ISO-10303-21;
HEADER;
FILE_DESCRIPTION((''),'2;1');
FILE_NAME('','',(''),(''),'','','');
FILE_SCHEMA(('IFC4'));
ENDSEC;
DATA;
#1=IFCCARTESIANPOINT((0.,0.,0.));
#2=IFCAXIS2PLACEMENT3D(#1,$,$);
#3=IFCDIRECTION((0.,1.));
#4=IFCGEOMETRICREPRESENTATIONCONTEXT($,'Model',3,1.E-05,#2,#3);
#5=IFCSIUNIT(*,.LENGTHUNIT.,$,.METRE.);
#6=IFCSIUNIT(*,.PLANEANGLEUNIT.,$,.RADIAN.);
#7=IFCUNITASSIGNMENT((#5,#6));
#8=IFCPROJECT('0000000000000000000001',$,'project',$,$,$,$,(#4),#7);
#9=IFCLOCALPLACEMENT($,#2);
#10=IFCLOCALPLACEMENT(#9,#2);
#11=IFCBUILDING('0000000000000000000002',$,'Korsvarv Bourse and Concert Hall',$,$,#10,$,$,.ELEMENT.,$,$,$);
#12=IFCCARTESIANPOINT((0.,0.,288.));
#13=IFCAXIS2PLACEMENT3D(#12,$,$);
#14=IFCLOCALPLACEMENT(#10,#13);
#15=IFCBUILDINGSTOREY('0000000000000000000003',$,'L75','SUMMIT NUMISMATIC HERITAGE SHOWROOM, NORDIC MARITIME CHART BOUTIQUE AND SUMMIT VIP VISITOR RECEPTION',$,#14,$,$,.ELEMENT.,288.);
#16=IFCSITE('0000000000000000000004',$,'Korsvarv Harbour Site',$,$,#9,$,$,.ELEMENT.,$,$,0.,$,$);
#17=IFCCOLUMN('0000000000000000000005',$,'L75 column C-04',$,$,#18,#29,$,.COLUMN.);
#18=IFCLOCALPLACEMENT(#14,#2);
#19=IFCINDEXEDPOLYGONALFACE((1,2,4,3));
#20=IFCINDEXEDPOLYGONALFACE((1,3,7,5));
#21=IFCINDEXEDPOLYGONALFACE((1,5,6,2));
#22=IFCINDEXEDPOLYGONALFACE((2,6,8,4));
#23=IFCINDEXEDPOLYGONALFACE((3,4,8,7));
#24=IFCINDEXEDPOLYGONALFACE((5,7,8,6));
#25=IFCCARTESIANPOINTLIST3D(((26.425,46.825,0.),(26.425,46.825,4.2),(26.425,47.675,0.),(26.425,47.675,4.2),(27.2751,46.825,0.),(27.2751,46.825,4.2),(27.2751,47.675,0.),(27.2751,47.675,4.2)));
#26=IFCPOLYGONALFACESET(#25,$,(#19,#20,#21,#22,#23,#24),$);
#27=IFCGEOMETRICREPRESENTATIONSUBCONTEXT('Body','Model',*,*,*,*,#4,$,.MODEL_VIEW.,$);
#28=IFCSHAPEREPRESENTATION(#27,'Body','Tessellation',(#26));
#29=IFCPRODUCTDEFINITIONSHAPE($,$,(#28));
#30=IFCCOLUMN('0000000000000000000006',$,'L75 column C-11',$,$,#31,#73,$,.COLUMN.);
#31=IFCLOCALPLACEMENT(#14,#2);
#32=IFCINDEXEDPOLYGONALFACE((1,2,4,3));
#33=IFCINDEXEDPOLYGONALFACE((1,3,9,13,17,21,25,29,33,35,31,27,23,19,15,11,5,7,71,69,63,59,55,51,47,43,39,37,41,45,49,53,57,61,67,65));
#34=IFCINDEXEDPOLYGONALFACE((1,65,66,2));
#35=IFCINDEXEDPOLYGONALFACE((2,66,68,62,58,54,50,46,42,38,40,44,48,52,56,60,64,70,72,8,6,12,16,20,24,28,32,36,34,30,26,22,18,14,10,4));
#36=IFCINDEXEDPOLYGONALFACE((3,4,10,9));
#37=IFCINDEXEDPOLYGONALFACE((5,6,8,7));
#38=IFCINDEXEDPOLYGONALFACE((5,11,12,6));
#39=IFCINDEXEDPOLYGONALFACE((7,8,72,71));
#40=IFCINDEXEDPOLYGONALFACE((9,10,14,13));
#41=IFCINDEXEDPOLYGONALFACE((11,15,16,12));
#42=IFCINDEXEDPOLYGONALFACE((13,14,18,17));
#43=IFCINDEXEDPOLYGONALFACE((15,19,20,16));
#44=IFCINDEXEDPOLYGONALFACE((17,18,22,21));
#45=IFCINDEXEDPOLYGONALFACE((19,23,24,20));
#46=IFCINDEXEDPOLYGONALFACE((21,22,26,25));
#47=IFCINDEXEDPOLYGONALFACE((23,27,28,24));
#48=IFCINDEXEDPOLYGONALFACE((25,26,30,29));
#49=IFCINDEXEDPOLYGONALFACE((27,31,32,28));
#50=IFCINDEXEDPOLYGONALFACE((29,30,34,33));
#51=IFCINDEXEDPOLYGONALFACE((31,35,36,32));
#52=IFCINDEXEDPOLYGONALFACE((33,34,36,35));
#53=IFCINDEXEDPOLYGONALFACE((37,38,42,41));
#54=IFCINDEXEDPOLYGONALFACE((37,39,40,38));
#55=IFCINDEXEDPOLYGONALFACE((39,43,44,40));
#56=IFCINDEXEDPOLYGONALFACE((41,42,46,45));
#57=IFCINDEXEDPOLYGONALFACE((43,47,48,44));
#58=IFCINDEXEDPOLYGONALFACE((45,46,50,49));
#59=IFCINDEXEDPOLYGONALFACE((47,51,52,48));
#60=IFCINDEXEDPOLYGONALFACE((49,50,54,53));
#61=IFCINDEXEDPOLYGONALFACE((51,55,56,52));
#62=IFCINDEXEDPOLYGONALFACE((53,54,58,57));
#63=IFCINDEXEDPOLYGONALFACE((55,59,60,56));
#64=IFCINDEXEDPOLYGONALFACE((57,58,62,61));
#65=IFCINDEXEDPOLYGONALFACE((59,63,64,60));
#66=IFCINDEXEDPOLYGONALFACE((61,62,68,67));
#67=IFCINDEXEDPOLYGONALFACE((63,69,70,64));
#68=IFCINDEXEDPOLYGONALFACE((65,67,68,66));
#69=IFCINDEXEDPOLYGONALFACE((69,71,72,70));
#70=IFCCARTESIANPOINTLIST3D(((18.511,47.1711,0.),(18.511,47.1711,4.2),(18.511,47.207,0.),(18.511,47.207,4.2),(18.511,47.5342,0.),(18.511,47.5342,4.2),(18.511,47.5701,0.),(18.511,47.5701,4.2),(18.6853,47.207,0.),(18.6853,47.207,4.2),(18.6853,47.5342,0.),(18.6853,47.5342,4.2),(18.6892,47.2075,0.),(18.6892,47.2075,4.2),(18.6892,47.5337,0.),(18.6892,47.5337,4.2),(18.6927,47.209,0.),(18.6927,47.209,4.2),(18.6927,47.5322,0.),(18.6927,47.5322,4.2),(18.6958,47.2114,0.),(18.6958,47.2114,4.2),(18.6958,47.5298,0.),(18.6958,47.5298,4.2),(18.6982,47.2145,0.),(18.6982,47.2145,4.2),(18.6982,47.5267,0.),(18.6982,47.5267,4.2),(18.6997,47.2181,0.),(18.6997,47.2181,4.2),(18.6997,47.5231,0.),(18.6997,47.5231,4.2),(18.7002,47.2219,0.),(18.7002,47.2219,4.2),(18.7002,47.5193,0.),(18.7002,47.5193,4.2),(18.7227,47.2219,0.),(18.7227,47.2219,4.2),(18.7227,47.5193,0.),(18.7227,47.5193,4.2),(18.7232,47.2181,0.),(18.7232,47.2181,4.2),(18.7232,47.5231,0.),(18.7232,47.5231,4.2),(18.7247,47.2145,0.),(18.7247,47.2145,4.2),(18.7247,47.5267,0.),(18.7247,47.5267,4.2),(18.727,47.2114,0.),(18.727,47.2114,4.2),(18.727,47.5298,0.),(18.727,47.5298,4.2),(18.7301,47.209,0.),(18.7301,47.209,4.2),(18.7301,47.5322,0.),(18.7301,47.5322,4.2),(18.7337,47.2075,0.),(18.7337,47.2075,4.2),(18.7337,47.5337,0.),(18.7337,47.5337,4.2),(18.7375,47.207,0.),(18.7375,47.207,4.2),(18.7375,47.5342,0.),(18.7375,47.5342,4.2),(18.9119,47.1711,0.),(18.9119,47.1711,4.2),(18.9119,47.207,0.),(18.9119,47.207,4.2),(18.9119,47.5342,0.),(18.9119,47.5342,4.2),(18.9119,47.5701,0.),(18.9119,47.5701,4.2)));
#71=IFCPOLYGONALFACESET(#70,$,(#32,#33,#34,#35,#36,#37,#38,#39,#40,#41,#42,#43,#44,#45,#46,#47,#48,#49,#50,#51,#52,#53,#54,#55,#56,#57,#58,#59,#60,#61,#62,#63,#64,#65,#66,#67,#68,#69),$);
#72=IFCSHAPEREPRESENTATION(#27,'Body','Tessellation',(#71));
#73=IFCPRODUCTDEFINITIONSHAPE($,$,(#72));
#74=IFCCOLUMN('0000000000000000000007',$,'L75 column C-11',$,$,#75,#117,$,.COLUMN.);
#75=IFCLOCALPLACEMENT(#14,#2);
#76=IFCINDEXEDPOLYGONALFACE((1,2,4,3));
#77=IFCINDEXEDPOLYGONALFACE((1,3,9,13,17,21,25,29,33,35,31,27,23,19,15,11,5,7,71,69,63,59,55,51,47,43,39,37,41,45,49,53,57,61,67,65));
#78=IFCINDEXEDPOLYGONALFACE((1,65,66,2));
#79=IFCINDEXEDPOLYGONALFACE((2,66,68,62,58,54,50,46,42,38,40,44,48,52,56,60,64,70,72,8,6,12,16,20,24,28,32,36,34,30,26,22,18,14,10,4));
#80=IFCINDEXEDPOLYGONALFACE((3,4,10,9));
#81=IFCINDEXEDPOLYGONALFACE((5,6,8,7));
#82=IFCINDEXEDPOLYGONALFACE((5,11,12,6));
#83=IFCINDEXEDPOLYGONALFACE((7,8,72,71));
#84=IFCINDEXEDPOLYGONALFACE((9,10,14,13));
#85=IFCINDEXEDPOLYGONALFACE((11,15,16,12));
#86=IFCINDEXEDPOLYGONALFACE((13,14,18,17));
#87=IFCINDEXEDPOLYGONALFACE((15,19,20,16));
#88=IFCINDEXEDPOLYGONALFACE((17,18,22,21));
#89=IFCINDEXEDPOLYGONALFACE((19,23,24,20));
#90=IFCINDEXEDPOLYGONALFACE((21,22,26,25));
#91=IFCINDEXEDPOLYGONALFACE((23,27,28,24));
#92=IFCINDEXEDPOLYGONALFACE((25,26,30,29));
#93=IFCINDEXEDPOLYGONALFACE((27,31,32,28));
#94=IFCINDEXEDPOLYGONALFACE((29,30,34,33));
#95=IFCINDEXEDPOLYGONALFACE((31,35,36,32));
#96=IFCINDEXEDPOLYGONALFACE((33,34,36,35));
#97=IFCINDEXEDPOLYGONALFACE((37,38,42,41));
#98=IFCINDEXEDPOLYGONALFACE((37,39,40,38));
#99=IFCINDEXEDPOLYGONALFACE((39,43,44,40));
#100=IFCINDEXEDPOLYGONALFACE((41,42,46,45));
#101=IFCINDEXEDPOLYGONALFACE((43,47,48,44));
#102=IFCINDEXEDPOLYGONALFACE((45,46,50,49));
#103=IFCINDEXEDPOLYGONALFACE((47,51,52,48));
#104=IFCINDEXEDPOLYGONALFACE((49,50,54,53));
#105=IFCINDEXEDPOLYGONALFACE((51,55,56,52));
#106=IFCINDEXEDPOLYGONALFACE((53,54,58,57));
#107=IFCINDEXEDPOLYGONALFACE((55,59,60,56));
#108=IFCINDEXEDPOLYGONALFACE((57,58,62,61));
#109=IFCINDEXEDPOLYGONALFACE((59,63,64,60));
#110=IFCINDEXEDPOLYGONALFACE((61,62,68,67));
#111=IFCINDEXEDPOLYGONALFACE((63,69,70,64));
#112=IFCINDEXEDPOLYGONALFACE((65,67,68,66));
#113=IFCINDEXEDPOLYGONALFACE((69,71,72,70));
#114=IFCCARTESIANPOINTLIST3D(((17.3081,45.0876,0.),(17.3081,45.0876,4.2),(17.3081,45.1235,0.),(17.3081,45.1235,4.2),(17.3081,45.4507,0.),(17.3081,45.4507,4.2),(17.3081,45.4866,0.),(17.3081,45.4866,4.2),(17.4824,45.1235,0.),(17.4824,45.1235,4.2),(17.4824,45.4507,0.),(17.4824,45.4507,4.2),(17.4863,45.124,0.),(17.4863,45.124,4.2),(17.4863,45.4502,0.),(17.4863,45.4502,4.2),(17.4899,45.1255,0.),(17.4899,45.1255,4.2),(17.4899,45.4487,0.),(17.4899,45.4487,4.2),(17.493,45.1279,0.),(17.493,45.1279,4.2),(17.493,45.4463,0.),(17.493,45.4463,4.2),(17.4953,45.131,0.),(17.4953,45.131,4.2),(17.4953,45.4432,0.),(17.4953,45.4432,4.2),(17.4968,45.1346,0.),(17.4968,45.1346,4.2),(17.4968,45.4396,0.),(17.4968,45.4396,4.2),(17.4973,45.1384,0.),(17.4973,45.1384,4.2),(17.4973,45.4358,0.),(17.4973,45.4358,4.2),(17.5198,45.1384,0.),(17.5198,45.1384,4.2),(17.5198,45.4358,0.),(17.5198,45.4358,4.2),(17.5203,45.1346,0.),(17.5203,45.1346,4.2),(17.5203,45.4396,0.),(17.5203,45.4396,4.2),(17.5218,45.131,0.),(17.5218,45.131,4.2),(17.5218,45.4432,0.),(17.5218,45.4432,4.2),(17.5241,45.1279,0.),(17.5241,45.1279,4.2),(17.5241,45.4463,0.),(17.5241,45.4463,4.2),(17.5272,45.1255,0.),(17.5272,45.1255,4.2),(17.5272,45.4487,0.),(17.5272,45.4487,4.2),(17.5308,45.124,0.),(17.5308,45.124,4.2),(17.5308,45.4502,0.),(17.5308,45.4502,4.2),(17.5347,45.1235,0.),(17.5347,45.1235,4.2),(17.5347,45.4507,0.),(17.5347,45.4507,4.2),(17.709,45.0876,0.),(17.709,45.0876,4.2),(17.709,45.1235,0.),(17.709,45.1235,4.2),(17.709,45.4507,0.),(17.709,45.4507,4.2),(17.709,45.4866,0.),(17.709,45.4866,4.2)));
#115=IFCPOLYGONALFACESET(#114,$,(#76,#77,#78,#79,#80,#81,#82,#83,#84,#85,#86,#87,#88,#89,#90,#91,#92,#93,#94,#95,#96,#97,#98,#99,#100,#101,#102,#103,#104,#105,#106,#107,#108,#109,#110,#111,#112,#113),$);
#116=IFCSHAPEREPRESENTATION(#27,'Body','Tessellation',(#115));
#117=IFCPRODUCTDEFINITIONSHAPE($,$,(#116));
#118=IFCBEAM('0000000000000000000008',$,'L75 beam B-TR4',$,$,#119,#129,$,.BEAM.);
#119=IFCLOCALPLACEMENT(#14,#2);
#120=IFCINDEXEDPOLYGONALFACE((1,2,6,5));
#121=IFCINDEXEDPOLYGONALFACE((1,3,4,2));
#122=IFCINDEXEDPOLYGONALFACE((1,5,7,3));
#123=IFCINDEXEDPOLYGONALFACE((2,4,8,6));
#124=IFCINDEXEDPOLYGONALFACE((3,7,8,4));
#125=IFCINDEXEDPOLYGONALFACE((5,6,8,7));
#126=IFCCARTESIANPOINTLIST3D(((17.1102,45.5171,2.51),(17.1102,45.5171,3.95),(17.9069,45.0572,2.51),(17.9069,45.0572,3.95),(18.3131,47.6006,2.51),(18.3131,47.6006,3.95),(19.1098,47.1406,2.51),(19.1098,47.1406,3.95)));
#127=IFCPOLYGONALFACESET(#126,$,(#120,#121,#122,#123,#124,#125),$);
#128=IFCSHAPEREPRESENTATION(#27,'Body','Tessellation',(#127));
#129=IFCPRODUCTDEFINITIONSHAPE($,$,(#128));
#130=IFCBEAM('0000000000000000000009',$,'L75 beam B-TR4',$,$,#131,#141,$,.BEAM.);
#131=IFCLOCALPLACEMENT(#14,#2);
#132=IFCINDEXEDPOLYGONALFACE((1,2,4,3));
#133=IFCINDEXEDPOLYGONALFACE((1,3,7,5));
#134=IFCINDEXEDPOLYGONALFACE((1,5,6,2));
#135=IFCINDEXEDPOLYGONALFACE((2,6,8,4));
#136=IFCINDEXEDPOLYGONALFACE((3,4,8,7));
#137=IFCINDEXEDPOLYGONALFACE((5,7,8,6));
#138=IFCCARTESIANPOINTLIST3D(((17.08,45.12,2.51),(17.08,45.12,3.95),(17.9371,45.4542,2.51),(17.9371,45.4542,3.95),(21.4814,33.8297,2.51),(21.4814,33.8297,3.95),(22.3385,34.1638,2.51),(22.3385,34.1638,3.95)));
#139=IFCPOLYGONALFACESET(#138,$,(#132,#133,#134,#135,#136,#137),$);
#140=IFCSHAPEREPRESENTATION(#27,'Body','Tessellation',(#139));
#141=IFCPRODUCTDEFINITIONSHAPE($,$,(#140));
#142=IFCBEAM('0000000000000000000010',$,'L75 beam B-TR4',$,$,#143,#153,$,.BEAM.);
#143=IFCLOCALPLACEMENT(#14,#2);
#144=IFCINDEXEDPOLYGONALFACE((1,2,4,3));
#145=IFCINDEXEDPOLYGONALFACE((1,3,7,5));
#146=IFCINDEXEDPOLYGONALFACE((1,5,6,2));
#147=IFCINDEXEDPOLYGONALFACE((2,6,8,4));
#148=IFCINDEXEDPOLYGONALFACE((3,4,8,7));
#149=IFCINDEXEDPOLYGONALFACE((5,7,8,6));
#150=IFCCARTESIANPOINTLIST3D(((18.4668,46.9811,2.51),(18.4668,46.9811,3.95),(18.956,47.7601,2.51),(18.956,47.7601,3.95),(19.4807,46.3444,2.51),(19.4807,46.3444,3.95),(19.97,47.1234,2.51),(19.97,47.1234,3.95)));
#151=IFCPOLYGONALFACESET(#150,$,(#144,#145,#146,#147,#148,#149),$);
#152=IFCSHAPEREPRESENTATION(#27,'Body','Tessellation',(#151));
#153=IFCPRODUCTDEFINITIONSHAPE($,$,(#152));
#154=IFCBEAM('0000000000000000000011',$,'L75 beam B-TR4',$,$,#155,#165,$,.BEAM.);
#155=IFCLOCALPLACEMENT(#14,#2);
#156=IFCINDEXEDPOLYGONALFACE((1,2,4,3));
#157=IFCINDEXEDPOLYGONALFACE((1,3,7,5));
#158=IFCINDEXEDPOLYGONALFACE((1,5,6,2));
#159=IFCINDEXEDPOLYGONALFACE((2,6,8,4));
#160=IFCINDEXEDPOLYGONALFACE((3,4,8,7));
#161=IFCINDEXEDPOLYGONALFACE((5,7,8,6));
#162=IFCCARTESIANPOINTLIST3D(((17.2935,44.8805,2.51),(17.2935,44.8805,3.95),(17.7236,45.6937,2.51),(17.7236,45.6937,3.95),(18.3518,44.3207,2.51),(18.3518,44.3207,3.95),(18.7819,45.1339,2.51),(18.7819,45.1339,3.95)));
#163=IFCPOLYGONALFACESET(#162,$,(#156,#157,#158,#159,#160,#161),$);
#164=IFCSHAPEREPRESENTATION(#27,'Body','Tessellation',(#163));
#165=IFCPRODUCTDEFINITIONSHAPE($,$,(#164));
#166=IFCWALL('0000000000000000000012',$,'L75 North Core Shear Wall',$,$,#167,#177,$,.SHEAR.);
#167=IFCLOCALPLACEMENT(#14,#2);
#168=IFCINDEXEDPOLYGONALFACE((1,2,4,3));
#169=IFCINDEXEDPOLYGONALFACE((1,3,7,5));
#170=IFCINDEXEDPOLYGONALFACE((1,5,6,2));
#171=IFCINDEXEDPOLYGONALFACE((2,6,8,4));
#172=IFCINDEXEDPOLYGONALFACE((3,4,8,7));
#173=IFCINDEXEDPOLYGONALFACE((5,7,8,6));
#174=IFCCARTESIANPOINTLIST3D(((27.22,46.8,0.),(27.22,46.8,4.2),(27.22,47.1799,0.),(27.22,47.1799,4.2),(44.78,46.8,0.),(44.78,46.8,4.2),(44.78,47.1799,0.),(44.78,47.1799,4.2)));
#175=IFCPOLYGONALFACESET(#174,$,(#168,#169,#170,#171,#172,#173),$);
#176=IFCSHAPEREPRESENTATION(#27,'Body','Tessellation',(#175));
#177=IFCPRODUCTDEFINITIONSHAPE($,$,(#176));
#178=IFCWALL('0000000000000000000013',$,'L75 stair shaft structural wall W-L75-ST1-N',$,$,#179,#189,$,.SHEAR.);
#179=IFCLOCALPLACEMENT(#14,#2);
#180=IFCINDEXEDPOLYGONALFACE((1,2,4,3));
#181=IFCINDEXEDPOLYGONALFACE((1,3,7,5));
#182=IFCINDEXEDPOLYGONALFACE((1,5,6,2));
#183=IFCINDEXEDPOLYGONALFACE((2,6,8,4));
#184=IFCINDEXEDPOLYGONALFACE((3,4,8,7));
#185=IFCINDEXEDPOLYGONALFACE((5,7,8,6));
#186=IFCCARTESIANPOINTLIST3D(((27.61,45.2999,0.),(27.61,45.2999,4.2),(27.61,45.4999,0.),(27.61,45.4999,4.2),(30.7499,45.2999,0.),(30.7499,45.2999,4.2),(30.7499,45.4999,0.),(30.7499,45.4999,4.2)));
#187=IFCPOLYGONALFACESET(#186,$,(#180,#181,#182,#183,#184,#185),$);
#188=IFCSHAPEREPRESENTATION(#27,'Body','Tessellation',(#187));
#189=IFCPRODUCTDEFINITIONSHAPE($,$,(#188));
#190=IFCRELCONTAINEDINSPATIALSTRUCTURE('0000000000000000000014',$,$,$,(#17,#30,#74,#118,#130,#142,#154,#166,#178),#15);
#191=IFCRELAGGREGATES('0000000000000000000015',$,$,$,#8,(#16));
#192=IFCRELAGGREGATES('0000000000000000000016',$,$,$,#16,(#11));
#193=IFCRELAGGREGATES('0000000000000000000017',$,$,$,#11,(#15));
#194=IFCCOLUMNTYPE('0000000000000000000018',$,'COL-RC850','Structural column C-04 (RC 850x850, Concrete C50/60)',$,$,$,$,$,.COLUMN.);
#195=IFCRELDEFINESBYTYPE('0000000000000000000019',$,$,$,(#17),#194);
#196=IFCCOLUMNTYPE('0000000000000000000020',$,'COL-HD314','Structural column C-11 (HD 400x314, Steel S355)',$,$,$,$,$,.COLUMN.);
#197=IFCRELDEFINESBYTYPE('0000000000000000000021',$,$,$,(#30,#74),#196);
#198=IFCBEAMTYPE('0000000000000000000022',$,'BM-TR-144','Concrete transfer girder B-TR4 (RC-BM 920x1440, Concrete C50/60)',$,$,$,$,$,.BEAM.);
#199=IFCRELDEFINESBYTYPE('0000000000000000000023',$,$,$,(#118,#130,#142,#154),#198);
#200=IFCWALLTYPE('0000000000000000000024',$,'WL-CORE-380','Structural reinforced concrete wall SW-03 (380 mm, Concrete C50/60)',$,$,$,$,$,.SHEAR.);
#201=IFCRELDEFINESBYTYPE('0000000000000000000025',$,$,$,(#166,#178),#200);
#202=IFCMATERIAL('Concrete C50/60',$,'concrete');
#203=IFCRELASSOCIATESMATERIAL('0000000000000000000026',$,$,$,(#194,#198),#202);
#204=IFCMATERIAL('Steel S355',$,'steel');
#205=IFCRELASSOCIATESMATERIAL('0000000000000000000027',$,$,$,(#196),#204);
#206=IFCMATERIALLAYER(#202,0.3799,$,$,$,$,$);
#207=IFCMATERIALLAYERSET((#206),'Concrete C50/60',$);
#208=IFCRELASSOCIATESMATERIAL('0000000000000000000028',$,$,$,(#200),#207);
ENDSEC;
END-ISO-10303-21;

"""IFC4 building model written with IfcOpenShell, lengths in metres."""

from ifc_helpers import new_model, si_unit, direction, frame, frame_2d, origin, origin_2d, place, context, subcontext, project, spatial, rectangle, i_section, extrude, source, transform, mapped, material, layer, layer_set, material_profile, profile_set, type_object, element, save


model = new_model("IFC4")

# Units and contexts
model_context = context("Model", 3, precision=1e-05, world=origin(), true_north=direction((0.0, 1.0)))
body_context = subcontext(model_context, "Body", "Model", "MODEL_VIEW")
ifc_project = project(units=[si_unit("LENGTHUNIT", "METRE"), si_unit("PLANEANGLEUNIT", "RADIAN")], contexts=[model_context])

# Site, building, storey
site_placement = place(None, origin())
site = spatial("IfcSite", under=ifc_project, at=site_placement, Name="Korsvarv Harbour Site", CompositionType="ELEMENT", RefElevation=0.0)
building_placement = place(site_placement, origin())
building = spatial("IfcBuilding", under=site, at=building_placement, Name="Korsvarv Bourse and Concert Hall", CompositionType="ELEMENT")
storey_placement = place(building_placement, frame((0.0, 0.0, 288.0)))
storey = spatial("IfcBuildingStorey", under=building, at=storey_placement, Name="L75", Description="SUMMIT NUMISMATIC HERITAGE SHOWROOM, NORDIC MARITIME CHART BOUTIQUE AND SUMMIT VIP VISITOR RECEPTION", CompositionType="ELEMENT", Elevation=288.0)

# Columns
ifc_material_1 = material(Name="Concrete C50/60", Category="concrete")
ifc_material_profile_1 = material_profile(ifc_material_1, rectangle(XDim=0.8501, YDim=0.8501, at=origin_2d()), Name="RC 850x850")
ifc_profile_set_1 = profile_set([ifc_material_profile_1], Name="Concrete C50/60")
column_type_1 = type_object("IfcColumnType", Name="COL-RC850", Description="Structural column C-04 (RC 850x850, Concrete C50/60)", PredefinedType="COLUMN", material=ifc_profile_set_1)
shared_shape_1 = source(origin(), body_context, "Body", "SweptSolid", [
    extrude(rectangle(XDim=0.8501, YDim=0.8501, at=origin_2d()), origin(), (0.0, 0.0, 1.0), 4.2),
])
column_placement = place(storey_placement, frame((26.8501, 47.25, 0.0), z_axis=(0.0, 0.0, 1.0), x_axis=(1.0, 0.0, 0.0)))
element("IfcColumn", 1, at=column_placement, inside=storey, type_object=column_type_1, Name="L75 column C-04", PredefinedType="COLUMN", context=body_context, shape_type="MappedRepresentation", body=[
    mapped(shared_shape_1, transform((0.0, 0.0, 0.0), scale=1.0)),
])
ifc_material_2 = material(Name="Steel S355", Category="steel")
ifc_material_profile_2 = material_profile(ifc_material_2, i_section(OverallWidth=0.4009, OverallDepth=0.3989, WebThickness=0.0225, FlangeThickness=0.0359, FilletRadius=0.0149, at=origin_2d()), Name="HD 400x314")
ifc_profile_set_2 = profile_set([ifc_material_profile_2], Name="Steel S355")
column_type_2 = type_object("IfcColumnType", Name="COL-HD314", Description="Structural column C-11 (HD 400x314, Steel S355)", PredefinedType="COLUMN", material=ifc_profile_set_2)
shared_shape_2 = source(origin(), body_context, "Body", "SweptSolid", [
    extrude(i_section(OverallWidth=0.4009, OverallDepth=0.3989, WebThickness=0.0225, FlangeThickness=0.0359, FilletRadius=0.0149, at=origin_2d()), origin(), (0.0, 0.0, 1.0), 4.2),
])
for number, where, z_axis, x_axis, name in (
    (2, (18.7114, 47.3706, 0.0), (0.0, 0.0, 1.0), (1.0, 0.0, 0.0), "L75 column C-11"),
    (3, (17.5085, 45.2871, 0.0), (0.0, 0.0, 1.0), (1.0, 0.0, 0.0), "L75 column C-11"),
):
    element("IfcColumn", number, at=place(storey_placement, frame(where, z_axis=z_axis, x_axis=x_axis)), inside=storey, type_object=column_type_2, Name=name, PredefinedType="COLUMN", context=body_context, shape_type="MappedRepresentation", body=[
        mapped(shared_shape_2, transform((0.0, 0.0, 0.0), scale=1.0)),
    ])

# Beams
ifc_material_profile_3 = material_profile(ifc_material_1, rectangle(XDim=0.9199, YDim=1.4399, at=origin_2d()), Name="RC-BM 920x1440")
ifc_profile_set_3 = profile_set([ifc_material_profile_3], Name="Concrete C50/60")
beam_type = type_object("IfcBeamType", Name="BM-TR-144", Description="Concrete transfer girder B-TR4 (RC-BM 920x1440, Concrete C50/60)", PredefinedType="BEAM", material=ifc_profile_set_3)
shared_shape_3 = source(origin(), body_context, "Body", "SweptSolid", [
    extrude(rectangle(XDim=0.9199, YDim=1.4399, at=origin_2d()), origin(), (0.0, 0.0, 1.0), 2.4058),
])
beam_1_placement = place(storey_placement, frame((18.7114, 47.3706, 3.23), z_axis=(-0.499992, -0.86603, 0.0), x_axis=(0.86603, -0.499992, 0.0)))
element("IfcBeam", 4, at=beam_1_placement, inside=storey, type_object=beam_type, Name="L75 beam B-TR4", PredefinedType="BEAM", context=body_context, shape_type="MappedRepresentation", body=[
    mapped(shared_shape_3, transform((0.0, 0.0, 0.0), scale=1.0)),
])
shared_shape_4 = source(origin(), body_context, "Body", "SweptSolid", [
    extrude(rectangle(XDim=0.9199, YDim=1.4399, at=origin_2d()), origin(), (0.0, 0.0, 1.0), 12.1179),
])
beam_2_placement = place(storey_placement, frame((17.5085, 45.2871, 3.23), z_axis=(0.363213, -0.931706, 0.0), x_axis=(0.931706, 0.363213, 0.0)))
element("IfcBeam", 5, at=beam_2_placement, inside=storey, type_object=beam_type, Name="L75 beam B-TR4", PredefinedType="BEAM", context=body_context, shape_type="MappedRepresentation", body=[
    mapped(shared_shape_4, transform((0.0, 0.0, 0.0), scale=1.0)),
])
shared_shape_5 = source(origin(), body_context, "Body", "SweptSolid", [
    extrude(rectangle(XDim=0.9199, YDim=1.4399, at=origin_2d()), origin(), (0.0, 0.0, 1.0), 1.1973),
])
for number, where, z_axis, x_axis, name in (
    (6, (18.7114, 47.3706, 3.23), (0.846862, -0.531812, 0.0), (0.531812, 0.846862, 0.0), "L75 beam B-TR4"),
    (7, (17.5085, 45.2871, 3.23), (0.883956, -0.467569, 0.0), (0.467569, 0.883956, 0.0), "L75 beam B-TR4"),
):
    element("IfcBeam", number, at=place(storey_placement, frame(where, z_axis=z_axis, x_axis=x_axis)), inside=storey, type_object=beam_type, Name=name, PredefinedType="BEAM", context=body_context, shape_type="MappedRepresentation", body=[
        mapped(shared_shape_5, transform((0.0, 0.0, 0.0), scale=1.0)),
    ])

# Walls
ifc_layer_1 = layer(ifc_material_1, 0.3799)
ifc_layer_set_1 = layer_set([ifc_layer_1], Name="Concrete C50/60")
wall_type_1 = type_object("IfcWallType", Name="WL-CORE-380", Description="Structural reinforced concrete wall SW-03 (380 mm, Concrete C50/60)", PredefinedType="SHEAR", material=ifc_layer_set_1)
wall_1_placement = place(storey_placement, frame((27.22, 46.99, 0.0), z_axis=(0.0, 0.0, 1.0), x_axis=(1.0, 0.0, 0.0)))
element("IfcWall", 8, at=wall_1_placement, inside=storey, type_object=wall_type_1, Name="L75 North Core Shear Wall", PredefinedType="SHEAR", context=body_context, shape_type="SweptSolid", body=[
    extrude(rectangle(XDim=17.5601, YDim=0.3799, at=frame_2d((8.78, 0.0))), origin(), (0.0, 0.0, 1.0), 4.2),
])
wall_2_placement = place(storey_placement, frame((27.6101, 45.3999, 0.0), z_axis=(0.0, 0.0, 1.0), x_axis=(1.0, 0.0, 0.0)))
element("IfcWall", 9, at=wall_2_placement, inside=storey, type_object=wall_type_1, Name="L75 stair shaft structural wall W-L75-ST1-N", PredefinedType="SHEAR", context=body_context, shape_type="SweptSolid", body=[
    extrude(rectangle(XDim=3.1399, YDim=0.2, at=frame_2d((1.5698, 0.0))), origin(), (0.0, 0.0, 1.0), 4.2),
])

save(model, "model.ifc")
